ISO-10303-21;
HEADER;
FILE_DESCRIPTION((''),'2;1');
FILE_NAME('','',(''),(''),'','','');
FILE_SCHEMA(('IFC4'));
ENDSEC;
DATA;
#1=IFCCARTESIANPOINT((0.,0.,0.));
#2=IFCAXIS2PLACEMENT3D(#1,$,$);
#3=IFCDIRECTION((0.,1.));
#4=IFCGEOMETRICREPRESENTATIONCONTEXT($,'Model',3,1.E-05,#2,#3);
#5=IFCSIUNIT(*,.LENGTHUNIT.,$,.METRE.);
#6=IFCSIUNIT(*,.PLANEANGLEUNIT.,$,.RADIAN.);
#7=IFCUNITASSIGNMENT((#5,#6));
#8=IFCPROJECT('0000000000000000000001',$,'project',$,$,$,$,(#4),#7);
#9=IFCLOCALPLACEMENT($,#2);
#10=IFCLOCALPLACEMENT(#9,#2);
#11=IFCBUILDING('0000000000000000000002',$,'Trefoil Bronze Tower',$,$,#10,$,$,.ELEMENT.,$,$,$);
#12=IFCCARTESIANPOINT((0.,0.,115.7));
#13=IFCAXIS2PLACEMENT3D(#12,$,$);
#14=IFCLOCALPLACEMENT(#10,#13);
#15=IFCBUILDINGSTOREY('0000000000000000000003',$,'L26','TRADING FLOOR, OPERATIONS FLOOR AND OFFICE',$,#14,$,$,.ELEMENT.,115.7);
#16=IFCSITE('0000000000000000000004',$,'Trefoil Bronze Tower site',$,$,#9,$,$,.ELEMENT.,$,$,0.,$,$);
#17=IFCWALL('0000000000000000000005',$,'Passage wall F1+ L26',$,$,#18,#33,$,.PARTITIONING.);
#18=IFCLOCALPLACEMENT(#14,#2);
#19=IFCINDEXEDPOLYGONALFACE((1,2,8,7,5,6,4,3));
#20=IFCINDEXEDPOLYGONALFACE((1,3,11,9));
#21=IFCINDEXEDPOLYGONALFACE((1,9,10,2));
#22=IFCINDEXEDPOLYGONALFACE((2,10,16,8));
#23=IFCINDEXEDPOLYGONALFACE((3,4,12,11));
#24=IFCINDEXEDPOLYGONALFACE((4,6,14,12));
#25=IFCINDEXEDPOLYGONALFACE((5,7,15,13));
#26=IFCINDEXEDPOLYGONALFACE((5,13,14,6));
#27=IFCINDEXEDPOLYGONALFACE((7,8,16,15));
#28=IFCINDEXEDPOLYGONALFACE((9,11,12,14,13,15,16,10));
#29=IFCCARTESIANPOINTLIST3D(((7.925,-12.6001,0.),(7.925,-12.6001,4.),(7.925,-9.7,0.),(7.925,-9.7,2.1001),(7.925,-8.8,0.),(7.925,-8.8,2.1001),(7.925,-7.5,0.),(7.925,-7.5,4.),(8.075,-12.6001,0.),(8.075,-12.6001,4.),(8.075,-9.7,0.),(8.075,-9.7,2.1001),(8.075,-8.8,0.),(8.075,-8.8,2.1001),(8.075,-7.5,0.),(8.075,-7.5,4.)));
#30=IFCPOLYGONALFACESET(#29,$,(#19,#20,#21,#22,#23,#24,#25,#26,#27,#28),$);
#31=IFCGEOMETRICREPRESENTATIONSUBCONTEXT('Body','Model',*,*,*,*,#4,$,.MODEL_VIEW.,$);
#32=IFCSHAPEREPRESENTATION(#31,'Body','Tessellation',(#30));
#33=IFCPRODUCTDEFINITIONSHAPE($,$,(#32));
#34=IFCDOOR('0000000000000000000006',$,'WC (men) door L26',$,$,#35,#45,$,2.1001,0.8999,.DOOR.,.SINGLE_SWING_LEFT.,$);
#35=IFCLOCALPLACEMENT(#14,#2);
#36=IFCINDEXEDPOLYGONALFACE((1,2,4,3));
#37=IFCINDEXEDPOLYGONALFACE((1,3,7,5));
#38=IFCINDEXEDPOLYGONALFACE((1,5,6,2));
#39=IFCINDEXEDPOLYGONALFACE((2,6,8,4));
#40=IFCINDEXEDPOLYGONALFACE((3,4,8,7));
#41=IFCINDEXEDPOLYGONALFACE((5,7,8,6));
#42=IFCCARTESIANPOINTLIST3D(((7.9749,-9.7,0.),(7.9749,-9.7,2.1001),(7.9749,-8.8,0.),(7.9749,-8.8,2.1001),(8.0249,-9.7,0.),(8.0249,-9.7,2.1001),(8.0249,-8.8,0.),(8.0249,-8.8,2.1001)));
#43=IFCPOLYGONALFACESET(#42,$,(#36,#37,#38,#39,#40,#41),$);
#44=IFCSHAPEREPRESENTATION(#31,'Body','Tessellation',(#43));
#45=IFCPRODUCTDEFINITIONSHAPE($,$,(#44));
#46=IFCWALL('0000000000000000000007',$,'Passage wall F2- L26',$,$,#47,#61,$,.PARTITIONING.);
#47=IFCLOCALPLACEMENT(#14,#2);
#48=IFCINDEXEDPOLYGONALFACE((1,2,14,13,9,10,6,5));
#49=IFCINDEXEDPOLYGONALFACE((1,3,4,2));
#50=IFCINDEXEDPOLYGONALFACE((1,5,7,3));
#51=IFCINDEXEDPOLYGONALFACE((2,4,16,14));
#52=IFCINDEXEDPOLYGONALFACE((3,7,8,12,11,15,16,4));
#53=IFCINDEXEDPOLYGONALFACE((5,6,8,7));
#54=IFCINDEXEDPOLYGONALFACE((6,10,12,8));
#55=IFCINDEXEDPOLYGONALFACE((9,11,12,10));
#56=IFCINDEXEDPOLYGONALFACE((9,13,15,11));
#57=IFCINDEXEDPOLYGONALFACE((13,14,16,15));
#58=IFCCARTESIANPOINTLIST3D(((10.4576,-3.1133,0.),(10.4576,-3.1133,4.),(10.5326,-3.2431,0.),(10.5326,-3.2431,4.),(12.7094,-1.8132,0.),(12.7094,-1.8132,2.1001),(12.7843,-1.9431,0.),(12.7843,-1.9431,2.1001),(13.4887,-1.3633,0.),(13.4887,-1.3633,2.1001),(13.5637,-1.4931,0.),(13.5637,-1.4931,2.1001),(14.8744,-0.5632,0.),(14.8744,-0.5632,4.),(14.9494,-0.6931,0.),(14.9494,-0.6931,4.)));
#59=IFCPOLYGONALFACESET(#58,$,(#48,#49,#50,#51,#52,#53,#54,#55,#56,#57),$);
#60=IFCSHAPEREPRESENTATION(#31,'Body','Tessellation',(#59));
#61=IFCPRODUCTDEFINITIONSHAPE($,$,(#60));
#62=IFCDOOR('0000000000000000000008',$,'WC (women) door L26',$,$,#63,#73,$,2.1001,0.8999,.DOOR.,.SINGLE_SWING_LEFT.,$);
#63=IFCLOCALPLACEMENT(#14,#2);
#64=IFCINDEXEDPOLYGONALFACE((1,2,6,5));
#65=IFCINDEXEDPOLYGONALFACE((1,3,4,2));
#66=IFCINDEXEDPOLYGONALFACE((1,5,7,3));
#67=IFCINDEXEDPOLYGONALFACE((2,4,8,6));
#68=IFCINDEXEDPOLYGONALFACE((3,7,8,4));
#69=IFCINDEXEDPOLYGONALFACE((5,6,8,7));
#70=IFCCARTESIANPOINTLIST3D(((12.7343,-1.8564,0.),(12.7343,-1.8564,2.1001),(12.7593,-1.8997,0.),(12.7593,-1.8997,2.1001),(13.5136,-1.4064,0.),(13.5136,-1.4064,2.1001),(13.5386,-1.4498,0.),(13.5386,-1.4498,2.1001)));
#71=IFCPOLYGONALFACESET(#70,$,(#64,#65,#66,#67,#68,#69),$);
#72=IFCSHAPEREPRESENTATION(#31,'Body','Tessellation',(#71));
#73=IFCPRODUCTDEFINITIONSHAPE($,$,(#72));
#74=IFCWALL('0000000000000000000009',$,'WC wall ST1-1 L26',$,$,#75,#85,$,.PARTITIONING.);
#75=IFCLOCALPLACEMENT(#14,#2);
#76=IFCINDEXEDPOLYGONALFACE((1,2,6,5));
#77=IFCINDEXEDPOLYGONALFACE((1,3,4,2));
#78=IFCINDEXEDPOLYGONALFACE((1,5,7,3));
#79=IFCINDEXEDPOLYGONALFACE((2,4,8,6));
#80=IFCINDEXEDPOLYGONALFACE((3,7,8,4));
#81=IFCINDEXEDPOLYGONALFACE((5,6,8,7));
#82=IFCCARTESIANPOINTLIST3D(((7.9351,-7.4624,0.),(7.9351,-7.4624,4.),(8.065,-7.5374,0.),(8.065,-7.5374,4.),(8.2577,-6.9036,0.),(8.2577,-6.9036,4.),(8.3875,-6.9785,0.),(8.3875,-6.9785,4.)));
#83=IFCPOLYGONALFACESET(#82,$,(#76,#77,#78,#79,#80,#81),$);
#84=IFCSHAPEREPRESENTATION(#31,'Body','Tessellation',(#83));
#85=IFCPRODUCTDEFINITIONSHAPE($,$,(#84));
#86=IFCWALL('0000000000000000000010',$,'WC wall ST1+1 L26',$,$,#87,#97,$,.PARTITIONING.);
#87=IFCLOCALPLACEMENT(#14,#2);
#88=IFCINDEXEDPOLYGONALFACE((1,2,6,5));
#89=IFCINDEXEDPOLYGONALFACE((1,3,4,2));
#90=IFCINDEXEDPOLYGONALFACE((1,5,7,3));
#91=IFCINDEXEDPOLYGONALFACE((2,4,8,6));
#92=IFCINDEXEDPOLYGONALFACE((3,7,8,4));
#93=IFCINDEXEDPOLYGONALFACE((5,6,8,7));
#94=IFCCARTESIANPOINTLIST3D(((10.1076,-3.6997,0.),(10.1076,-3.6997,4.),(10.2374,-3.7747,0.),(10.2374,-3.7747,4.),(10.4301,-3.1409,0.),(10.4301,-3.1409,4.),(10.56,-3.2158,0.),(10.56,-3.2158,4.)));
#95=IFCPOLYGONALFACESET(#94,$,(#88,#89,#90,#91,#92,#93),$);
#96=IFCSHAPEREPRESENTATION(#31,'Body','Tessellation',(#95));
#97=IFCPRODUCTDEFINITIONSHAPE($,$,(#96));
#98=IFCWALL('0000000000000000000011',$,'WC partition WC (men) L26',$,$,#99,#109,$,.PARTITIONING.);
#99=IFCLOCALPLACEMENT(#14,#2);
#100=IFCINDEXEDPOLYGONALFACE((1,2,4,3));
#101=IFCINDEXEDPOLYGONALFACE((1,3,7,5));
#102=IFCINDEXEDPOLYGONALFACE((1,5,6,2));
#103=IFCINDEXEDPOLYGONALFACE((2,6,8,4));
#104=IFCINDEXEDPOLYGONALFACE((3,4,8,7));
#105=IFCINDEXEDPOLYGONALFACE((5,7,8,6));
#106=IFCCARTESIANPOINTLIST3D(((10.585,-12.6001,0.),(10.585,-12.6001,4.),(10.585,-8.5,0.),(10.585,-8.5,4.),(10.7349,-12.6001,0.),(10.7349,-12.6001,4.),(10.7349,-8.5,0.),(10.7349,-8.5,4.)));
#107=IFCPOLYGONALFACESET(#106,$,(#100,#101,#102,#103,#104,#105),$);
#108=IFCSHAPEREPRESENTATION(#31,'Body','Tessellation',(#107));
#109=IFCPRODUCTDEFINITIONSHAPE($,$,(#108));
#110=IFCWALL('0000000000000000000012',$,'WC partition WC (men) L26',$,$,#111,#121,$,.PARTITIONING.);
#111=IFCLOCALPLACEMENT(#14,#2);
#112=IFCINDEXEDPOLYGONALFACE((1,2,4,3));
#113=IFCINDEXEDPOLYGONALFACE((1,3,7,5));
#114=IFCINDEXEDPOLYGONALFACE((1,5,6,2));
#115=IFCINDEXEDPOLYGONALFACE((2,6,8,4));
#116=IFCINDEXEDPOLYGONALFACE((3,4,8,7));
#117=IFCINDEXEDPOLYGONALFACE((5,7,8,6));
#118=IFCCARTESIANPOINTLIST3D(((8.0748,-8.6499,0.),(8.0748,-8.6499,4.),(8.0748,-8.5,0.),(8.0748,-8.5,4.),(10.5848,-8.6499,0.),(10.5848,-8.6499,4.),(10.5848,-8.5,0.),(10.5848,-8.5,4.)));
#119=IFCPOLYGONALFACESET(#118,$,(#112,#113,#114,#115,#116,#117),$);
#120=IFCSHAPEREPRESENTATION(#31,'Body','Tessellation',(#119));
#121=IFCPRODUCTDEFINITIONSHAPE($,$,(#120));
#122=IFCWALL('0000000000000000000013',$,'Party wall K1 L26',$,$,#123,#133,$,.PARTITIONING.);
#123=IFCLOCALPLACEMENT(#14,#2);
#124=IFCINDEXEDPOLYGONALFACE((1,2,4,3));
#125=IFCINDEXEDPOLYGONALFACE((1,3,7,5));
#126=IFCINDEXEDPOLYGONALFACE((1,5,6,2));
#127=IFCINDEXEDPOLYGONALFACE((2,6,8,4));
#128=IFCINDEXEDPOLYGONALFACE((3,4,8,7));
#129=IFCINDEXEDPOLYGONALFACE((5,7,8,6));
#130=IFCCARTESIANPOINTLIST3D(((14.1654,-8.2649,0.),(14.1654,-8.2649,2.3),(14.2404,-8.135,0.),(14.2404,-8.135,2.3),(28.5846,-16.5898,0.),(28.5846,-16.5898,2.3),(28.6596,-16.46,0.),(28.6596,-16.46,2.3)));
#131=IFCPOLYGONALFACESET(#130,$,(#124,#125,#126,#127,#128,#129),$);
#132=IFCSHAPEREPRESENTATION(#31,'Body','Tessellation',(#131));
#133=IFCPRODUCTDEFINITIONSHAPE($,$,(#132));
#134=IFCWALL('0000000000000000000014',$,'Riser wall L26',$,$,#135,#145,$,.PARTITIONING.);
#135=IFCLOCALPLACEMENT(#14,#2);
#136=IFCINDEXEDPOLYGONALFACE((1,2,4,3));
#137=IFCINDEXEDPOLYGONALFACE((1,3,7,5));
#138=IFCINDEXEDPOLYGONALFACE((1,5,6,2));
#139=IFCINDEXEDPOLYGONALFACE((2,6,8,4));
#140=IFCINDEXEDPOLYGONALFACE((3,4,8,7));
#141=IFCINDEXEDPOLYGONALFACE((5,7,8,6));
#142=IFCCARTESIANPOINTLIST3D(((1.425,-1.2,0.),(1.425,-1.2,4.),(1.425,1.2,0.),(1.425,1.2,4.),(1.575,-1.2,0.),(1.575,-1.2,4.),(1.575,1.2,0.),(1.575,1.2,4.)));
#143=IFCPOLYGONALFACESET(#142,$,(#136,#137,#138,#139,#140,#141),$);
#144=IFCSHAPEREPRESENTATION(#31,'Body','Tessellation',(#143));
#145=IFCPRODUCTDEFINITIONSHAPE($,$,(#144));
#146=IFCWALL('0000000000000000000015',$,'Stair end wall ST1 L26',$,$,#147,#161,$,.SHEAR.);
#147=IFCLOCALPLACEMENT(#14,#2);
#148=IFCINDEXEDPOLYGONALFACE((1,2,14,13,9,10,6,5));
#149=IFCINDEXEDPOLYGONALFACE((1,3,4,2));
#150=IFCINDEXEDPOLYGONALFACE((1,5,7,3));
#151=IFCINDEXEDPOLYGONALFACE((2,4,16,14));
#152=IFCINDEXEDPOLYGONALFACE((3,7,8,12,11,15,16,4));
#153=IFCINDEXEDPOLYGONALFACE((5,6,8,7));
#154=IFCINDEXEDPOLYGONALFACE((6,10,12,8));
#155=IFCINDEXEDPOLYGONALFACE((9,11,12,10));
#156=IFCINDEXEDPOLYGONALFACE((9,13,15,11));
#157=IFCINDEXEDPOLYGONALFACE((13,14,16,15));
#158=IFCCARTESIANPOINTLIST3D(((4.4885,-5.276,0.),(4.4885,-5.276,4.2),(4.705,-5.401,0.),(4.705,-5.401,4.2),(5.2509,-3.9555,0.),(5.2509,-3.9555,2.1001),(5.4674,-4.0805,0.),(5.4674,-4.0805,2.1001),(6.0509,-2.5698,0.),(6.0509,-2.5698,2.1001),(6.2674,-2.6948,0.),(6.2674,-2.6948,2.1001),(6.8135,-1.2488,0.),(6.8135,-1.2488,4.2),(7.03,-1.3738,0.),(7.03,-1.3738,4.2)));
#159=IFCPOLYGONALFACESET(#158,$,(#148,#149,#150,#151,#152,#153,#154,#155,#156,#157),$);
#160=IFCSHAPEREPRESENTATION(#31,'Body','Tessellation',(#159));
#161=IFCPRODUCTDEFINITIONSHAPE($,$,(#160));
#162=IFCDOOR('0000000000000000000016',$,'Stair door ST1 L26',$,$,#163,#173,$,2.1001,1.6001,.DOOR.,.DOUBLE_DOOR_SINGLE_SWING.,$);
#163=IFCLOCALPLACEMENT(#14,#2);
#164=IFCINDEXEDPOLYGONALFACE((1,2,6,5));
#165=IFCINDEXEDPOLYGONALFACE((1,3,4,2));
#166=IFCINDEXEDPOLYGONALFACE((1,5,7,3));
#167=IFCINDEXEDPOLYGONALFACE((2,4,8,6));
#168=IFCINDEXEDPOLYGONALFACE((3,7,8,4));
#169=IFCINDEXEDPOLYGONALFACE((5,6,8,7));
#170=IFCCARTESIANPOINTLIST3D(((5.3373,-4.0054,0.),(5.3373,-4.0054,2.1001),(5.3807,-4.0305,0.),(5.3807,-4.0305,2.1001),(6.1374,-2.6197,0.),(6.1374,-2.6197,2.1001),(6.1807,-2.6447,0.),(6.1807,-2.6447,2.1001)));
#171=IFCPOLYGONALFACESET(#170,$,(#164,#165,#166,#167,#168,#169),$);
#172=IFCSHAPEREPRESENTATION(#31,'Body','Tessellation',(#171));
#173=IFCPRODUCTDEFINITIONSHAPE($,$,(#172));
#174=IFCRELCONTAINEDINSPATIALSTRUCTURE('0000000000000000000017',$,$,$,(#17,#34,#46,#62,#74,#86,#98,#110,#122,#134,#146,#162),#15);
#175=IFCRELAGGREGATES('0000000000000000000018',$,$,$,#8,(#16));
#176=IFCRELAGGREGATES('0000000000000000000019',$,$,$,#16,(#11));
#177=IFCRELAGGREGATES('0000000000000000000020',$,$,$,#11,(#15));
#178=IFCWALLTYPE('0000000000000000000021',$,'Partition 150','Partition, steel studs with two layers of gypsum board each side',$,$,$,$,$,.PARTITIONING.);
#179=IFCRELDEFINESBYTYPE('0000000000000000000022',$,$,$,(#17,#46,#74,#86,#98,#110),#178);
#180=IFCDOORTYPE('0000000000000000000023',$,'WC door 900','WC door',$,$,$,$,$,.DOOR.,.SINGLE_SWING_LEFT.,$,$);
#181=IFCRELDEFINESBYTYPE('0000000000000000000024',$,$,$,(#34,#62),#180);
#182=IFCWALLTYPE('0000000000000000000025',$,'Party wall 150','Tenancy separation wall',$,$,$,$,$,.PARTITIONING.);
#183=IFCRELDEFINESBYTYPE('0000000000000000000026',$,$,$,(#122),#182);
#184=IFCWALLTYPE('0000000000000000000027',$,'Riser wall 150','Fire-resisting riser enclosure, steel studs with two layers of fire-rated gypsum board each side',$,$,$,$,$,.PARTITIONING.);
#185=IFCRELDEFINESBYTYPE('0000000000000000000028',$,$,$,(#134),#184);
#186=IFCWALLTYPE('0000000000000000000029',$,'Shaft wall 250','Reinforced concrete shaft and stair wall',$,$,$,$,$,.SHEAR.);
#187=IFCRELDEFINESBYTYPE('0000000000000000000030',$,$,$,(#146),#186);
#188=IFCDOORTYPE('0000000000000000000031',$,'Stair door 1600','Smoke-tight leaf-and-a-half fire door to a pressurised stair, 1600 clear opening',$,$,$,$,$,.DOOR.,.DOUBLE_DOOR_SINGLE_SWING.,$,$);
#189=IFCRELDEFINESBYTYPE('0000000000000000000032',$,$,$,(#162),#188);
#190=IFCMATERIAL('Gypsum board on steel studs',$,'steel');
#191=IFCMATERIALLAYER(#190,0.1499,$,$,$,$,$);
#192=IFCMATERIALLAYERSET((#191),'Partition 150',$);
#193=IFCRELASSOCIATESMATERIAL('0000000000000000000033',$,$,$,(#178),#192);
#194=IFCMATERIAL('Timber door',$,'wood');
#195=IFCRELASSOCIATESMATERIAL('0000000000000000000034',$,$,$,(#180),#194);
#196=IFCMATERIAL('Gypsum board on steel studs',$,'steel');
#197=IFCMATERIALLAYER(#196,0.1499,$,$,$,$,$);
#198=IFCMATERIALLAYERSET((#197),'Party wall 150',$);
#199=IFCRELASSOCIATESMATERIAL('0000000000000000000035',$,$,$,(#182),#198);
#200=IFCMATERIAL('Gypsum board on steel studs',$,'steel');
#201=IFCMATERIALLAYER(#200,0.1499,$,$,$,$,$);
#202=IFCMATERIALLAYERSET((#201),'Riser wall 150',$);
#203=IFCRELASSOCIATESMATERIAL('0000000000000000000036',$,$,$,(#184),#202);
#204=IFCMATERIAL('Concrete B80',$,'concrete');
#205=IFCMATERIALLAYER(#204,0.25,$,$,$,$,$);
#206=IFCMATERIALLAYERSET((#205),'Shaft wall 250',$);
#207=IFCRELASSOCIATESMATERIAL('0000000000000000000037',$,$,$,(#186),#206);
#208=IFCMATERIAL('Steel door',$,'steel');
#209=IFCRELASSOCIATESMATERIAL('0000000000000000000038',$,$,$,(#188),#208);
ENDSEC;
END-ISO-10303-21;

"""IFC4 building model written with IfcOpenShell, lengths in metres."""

from ifc_helpers import new_model, si_unit, direction, frame, frame_2d, origin, place, context, subcontext, project, spatial, rectangle, extrude, material, layer, layer_set, type_object, element, fill, save


model = new_model("IFC4")

# Units and contexts
model_context = context("Model", 3, precision=1e-05, world=origin(), true_north=direction((0.0, 1.0)))
body_context = subcontext(model_context, "Body", "Model", "MODEL_VIEW")
ifc_project = project(units=[si_unit("LENGTHUNIT", "METRE"), si_unit("PLANEANGLEUNIT", "RADIAN")], contexts=[model_context])

# Site, building, storey
site_placement = place(None, origin())
site = spatial("IfcSite", under=ifc_project, at=site_placement, Name="Trefoil Bronze Tower site", CompositionType="ELEMENT", RefElevation=0.0)
building_placement = place(site_placement, origin())
building = spatial("IfcBuilding", under=site, at=building_placement, Name="Trefoil Bronze Tower", CompositionType="ELEMENT")
storey_placement = place(building_placement, frame((0.0, 0.0, 115.7)))
storey = spatial("IfcBuildingStorey", under=building, at=storey_placement, Name="L26", Description="TRADING FLOOR, OPERATIONS FLOOR AND OFFICE", CompositionType="ELEMENT", Elevation=115.7)

# Walls, openings, doors
ifc_material_1 = material(Name="Gypsum board on steel studs", Category="steel")
ifc_layer_1 = layer(ifc_material_1, 0.1499)
ifc_layer_set_1 = layer_set([ifc_layer_1], Name="Partition 150")
wall_type_1 = type_object("IfcWallType", Name="Partition 150", Description="Partition, steel studs with two layers of gypsum board each side", PredefinedType="PARTITIONING", material=ifc_layer_set_1)
wall_1_placement = place(storey_placement, frame((8.0, -7.5, 0.0), z_axis=(0.0, 0.0, 1.0), x_axis=(0.0, -1.0, 0.0)))
wall_1 = element("IfcWall", 1, at=wall_1_placement, inside=storey, type_object=wall_type_1, Name="Passage wall F1+ L26", PredefinedType="PARTITIONING", context=body_context, shape_type="SweptSolid", body=[
    extrude(rectangle(XDim=5.1001, YDim=0.1499, at=frame_2d((2.55, 0.0))), origin(), (0.0, 0.0, 1.0), 4.0),
])
opening_1_placement = place(wall_1_placement, frame((1.3, 0.0, 0.0)))
opening_1 = element("IfcOpeningElement", 2, at=opening_1_placement, cuts=wall_1, PredefinedType="OPENING", context=body_context, shape_type="SweptSolid", body=[
    extrude(rectangle(XDim=0.8999, YDim=2.1001, at=frame_2d((0.45, 1.05))), frame((0.0, 0.085, 0.0), z_axis=(0.0, -1.0, 0.0), x_axis=(1.0, 0.0, 0.0)), (0.0, 0.0, 1.0), 0.1699),
])
ifc_material_2 = material(Name="Timber door", Category="wood")
door_type_1 = type_object("IfcDoorType", Name="WC door 900", Description="WC door", OperationType="SINGLE_SWING_LEFT", PredefinedType="DOOR", material=ifc_material_2)
door_1_placement = place(opening_1_placement, origin())
door_1 = element("IfcDoor", 3, at=door_1_placement, inside=storey, type_object=door_type_1, Name="WC (men) door L26", OperationType="SINGLE_SWING_LEFT", OverallHeight=2.1001, OverallWidth=0.8999, PredefinedType="DOOR", context=body_context, shape_type="SweptSolid", body=[
    extrude(rectangle(XDim=0.8999, YDim=2.1001, at=frame_2d((0.45, 1.05))), frame((0.0, 0.0249, 0.0), z_axis=(0.0, -1.0, 0.0), x_axis=(1.0, 0.0, 0.0)), (0.0, 0.0, 1.0), 0.05),
])
fill(opening_1, door_1)
wall_2_placement = place(storey_placement, frame((10.4951, -3.1782, 0.0), z_axis=(0.0, 0.0, 1.0), x_axis=(0.866022, 0.500006, 0.0)))
wall_2 = element("IfcWall", 4, at=wall_2_placement, inside=storey, type_object=wall_type_1, Name="Passage wall F2- L26", PredefinedType="PARTITIONING", context=body_context, shape_type="SweptSolid", body=[
    extrude(rectangle(XDim=5.1001, YDim=0.1499, at=frame_2d((2.55, 0.0))), origin(), (0.0, 0.0, 1.0), 4.0),
])
opening_2_placement = place(wall_2_placement, frame((2.6001, 0.0, 0.0)))
opening_2 = element("IfcOpeningElement", 5, at=opening_2_placement, cuts=wall_2, PredefinedType="OPENING", context=body_context, shape_type="SweptSolid", body=[
    extrude(rectangle(XDim=0.8999, YDim=2.1001, at=frame_2d((0.45, 1.05))), frame((0.0, 0.085, 0.0), z_axis=(0.0, -1.0, 0.0), x_axis=(1.0, 0.0, 0.0)), (0.0, 0.0, 1.0), 0.1699),
])
door_2_placement = place(opening_2_placement, frame((0.8999, 0.0, 0.0), z_axis=(0.0, 0.0, 1.0), x_axis=(-1.0, 0.0, 0.0)))
door_2 = element("IfcDoor", 6, at=door_2_placement, inside=storey, type_object=door_type_1, Name="WC (women) door L26", OperationType="SINGLE_SWING_LEFT", OverallHeight=2.1001, OverallWidth=0.8999, PredefinedType="DOOR", context=body_context, shape_type="SweptSolid", body=[
    extrude(rectangle(XDim=0.8999, YDim=2.1001, at=frame_2d((0.45, 1.05))), frame((0.0, 0.0249, 0.0), z_axis=(0.0, -1.0, 0.0), x_axis=(1.0, 0.0, 0.0)), (0.0, 0.0, 1.0), 0.05),
])
fill(opening_2, door_2)

# Walls
for number, where, z_axis, x_axis, name in (
    (7, (8.0, -7.5, 0.0), (0.0, 0.0, 1.0), (0.499843, 0.866116, 0.0), "WC wall ST1-1 L26"),
    (8, (10.4951, -3.1782, 0.0), (0.0, 0.0, 1.0), (-0.499843, -0.866116, 0.0), "WC wall ST1+1 L26"),
):
    element("IfcWall", number, at=place(storey_placement, frame(where, z_axis=z_axis, x_axis=x_axis)), inside=storey, type_object=wall_type_1, Name=name, PredefinedType="PARTITIONING", context=body_context, shape_type="SweptSolid", body=[
        extrude(rectangle(XDim=0.6453, YDim=0.1499, at=frame_2d((0.3228, 0.0))), origin(), (0.0, 0.0, 1.0), 4.0),
    ])
wall_3_placement = place(storey_placement, frame((10.6599, -8.5, 0.0), z_axis=(0.0, 0.0, 1.0), x_axis=(0.0, -1.0, 0.0)))
element("IfcWall", 9, at=wall_3_placement, inside=storey, type_object=wall_type_1, Name="WC partition WC (men) L26", PredefinedType="PARTITIONING", context=body_context, shape_type="SweptSolid", body=[
    extrude(rectangle(XDim=4.1001, YDim=0.1499, at=frame_2d((2.05, 0.0))), origin(), (0.0, 0.0, 1.0), 4.0),
])
wall_4_placement = place(storey_placement, frame((8.075, -8.575, 0.0), z_axis=(0.0, 0.0, 1.0), x_axis=(1.0, 0.0, 0.0)))
element("IfcWall", 10, at=wall_4_placement, inside=storey, type_object=wall_type_1, Name="WC partition WC (men) L26", PredefinedType="PARTITIONING", context=body_context, shape_type="SweptSolid", body=[
    extrude(rectangle(XDim=2.51, YDim=0.1499, at=frame_2d((1.2549, 0.0))), origin(), (0.0, 0.0, 1.0), 4.0),
])
ifc_material_3 = material(Name="Gypsum board on steel studs", Category="steel")
ifc_layer_2 = layer(ifc_material_3, 0.1499)
ifc_layer_set_2 = layer_set([ifc_layer_2], Name="Party wall 150")
wall_type_2 = type_object("IfcWallType", Name="Party wall 150", Description="Tenancy separation wall", PredefinedType="PARTITIONING", material=ifc_layer_set_2)
wall_5_placement = place(storey_placement, frame((14.2029, -8.2, 0.0), z_axis=(0.0, 0.0, 1.0), x_axis=(0.866025, -0.500001, 0.0)))
element("IfcWall", 11, at=wall_5_placement, inside=storey, type_object=wall_type_2, Name="Party wall K1 L26", PredefinedType="PARTITIONING", context=body_context, shape_type="SweptSolid", body=[
    extrude(rectangle(XDim=16.6499, YDim=0.1499, at=frame_2d((8.325, 0.0))), origin(), (0.0, 0.0, 1.0), 2.3),
])
ifc_material_4 = material(Name="Gypsum board on steel studs", Category="steel")
ifc_layer_3 = layer(ifc_material_4, 0.1499)
ifc_layer_set_3 = layer_set([ifc_layer_3], Name="Riser wall 150")
wall_type_3 = type_object("IfcWallType", Name="Riser wall 150", Description="Fire-resisting riser enclosure, steel studs with two layers of fire-rated gypsum board each side", PredefinedType="PARTITIONING", material=ifc_layer_set_3)
wall_6_placement = place(storey_placement, frame((1.5, -1.2, 0.0), z_axis=(0.0, 0.0, 1.0), x_axis=(0.0, 1.0, 0.0)))
element("IfcWall", 12, at=wall_6_placement, inside=storey, type_object=wall_type_3, Name="Riser wall L26", PredefinedType="PARTITIONING", context=body_context, shape_type="SweptSolid", body=[
    extrude(rectangle(XDim=2.3999, YDim=0.1499, at=frame_2d((1.2, 0.0))), origin(), (0.0, 0.0, 1.0), 4.0),
])

# Wall, opening, door
ifc_material_5 = material(Name="Concrete B80", Category="concrete")
ifc_layer_4 = layer(ifc_material_5, 0.25)
ifc_layer_set_4 = layer_set([ifc_layer_4], Name="Shaft wall 250")
wall_type_4 = type_object("IfcWallType", Name="Shaft wall 250", Description="Reinforced concrete shaft and stair wall", PredefinedType="SHEAR", material=ifc_layer_set_4)
wall_7_placement = place(storey_placement, frame((4.5967, -5.3386, 0.0), z_axis=(0.0, 0.0, 1.0), x_axis=(0.499985, 0.866034, 0.0)))
wall_7 = element("IfcWall", 13, at=wall_7_placement, inside=storey, type_object=wall_type_4, Name="Stair end wall ST1 L26", PredefinedType="SHEAR", context=body_context, shape_type="SweptSolid", body=[
    extrude(rectangle(XDim=4.6501, YDim=0.25, at=frame_2d((2.3252, 0.0))), origin(), (0.0, 0.0, 1.0), 4.2),
])
opening_3_placement = place(wall_7_placement, frame((1.5249, 0.0, 0.0)))
opening_3 = element("IfcOpeningElement", 14, at=opening_3_placement, cuts=wall_7, PredefinedType="OPENING", context=body_context, shape_type="SweptSolid", body=[
    extrude(rectangle(XDim=1.6001, YDim=2.1001, at=frame_2d((0.8, 1.05))), frame((0.0, 0.135, 0.0), z_axis=(0.0, -1.0, 0.0), x_axis=(1.0, 0.0, 0.0)), (0.0, 0.0, 1.0), 0.27),
])
ifc_material_6 = material(Name="Steel door", Category="steel")
door_type_2 = type_object("IfcDoorType", Name="Stair door 1600", Description="Smoke-tight leaf-and-a-half fire door to a pressurised stair, 1600 clear opening", OperationType="DOUBLE_DOOR_SINGLE_SWING", PredefinedType="DOOR", material=ifc_material_6)
door_3_placement = place(opening_3_placement, frame((1.6001, 0.0, 0.0), z_axis=(0.0, 0.0, 1.0), x_axis=(-1.0, 0.0, 0.0)))
door_3 = element("IfcDoor", 15, at=door_3_placement, inside=storey, type_object=door_type_2, Name="Stair door ST1 L26", OperationType="DOUBLE_DOOR_SINGLE_SWING", OverallHeight=2.1001, OverallWidth=1.6001, PredefinedType="DOOR", context=body_context, shape_type="SweptSolid", body=[
    extrude(rectangle(XDim=1.6001, YDim=2.1001, at=frame_2d((0.8, 1.05))), frame((0.0, 0.0249, 0.0), z_axis=(0.0, -1.0, 0.0), x_axis=(1.0, 0.0, 0.0)), (0.0, 0.0, 1.0), 0.05),
])
fill(opening_3, door_3)

save(model, "model.ifc")
